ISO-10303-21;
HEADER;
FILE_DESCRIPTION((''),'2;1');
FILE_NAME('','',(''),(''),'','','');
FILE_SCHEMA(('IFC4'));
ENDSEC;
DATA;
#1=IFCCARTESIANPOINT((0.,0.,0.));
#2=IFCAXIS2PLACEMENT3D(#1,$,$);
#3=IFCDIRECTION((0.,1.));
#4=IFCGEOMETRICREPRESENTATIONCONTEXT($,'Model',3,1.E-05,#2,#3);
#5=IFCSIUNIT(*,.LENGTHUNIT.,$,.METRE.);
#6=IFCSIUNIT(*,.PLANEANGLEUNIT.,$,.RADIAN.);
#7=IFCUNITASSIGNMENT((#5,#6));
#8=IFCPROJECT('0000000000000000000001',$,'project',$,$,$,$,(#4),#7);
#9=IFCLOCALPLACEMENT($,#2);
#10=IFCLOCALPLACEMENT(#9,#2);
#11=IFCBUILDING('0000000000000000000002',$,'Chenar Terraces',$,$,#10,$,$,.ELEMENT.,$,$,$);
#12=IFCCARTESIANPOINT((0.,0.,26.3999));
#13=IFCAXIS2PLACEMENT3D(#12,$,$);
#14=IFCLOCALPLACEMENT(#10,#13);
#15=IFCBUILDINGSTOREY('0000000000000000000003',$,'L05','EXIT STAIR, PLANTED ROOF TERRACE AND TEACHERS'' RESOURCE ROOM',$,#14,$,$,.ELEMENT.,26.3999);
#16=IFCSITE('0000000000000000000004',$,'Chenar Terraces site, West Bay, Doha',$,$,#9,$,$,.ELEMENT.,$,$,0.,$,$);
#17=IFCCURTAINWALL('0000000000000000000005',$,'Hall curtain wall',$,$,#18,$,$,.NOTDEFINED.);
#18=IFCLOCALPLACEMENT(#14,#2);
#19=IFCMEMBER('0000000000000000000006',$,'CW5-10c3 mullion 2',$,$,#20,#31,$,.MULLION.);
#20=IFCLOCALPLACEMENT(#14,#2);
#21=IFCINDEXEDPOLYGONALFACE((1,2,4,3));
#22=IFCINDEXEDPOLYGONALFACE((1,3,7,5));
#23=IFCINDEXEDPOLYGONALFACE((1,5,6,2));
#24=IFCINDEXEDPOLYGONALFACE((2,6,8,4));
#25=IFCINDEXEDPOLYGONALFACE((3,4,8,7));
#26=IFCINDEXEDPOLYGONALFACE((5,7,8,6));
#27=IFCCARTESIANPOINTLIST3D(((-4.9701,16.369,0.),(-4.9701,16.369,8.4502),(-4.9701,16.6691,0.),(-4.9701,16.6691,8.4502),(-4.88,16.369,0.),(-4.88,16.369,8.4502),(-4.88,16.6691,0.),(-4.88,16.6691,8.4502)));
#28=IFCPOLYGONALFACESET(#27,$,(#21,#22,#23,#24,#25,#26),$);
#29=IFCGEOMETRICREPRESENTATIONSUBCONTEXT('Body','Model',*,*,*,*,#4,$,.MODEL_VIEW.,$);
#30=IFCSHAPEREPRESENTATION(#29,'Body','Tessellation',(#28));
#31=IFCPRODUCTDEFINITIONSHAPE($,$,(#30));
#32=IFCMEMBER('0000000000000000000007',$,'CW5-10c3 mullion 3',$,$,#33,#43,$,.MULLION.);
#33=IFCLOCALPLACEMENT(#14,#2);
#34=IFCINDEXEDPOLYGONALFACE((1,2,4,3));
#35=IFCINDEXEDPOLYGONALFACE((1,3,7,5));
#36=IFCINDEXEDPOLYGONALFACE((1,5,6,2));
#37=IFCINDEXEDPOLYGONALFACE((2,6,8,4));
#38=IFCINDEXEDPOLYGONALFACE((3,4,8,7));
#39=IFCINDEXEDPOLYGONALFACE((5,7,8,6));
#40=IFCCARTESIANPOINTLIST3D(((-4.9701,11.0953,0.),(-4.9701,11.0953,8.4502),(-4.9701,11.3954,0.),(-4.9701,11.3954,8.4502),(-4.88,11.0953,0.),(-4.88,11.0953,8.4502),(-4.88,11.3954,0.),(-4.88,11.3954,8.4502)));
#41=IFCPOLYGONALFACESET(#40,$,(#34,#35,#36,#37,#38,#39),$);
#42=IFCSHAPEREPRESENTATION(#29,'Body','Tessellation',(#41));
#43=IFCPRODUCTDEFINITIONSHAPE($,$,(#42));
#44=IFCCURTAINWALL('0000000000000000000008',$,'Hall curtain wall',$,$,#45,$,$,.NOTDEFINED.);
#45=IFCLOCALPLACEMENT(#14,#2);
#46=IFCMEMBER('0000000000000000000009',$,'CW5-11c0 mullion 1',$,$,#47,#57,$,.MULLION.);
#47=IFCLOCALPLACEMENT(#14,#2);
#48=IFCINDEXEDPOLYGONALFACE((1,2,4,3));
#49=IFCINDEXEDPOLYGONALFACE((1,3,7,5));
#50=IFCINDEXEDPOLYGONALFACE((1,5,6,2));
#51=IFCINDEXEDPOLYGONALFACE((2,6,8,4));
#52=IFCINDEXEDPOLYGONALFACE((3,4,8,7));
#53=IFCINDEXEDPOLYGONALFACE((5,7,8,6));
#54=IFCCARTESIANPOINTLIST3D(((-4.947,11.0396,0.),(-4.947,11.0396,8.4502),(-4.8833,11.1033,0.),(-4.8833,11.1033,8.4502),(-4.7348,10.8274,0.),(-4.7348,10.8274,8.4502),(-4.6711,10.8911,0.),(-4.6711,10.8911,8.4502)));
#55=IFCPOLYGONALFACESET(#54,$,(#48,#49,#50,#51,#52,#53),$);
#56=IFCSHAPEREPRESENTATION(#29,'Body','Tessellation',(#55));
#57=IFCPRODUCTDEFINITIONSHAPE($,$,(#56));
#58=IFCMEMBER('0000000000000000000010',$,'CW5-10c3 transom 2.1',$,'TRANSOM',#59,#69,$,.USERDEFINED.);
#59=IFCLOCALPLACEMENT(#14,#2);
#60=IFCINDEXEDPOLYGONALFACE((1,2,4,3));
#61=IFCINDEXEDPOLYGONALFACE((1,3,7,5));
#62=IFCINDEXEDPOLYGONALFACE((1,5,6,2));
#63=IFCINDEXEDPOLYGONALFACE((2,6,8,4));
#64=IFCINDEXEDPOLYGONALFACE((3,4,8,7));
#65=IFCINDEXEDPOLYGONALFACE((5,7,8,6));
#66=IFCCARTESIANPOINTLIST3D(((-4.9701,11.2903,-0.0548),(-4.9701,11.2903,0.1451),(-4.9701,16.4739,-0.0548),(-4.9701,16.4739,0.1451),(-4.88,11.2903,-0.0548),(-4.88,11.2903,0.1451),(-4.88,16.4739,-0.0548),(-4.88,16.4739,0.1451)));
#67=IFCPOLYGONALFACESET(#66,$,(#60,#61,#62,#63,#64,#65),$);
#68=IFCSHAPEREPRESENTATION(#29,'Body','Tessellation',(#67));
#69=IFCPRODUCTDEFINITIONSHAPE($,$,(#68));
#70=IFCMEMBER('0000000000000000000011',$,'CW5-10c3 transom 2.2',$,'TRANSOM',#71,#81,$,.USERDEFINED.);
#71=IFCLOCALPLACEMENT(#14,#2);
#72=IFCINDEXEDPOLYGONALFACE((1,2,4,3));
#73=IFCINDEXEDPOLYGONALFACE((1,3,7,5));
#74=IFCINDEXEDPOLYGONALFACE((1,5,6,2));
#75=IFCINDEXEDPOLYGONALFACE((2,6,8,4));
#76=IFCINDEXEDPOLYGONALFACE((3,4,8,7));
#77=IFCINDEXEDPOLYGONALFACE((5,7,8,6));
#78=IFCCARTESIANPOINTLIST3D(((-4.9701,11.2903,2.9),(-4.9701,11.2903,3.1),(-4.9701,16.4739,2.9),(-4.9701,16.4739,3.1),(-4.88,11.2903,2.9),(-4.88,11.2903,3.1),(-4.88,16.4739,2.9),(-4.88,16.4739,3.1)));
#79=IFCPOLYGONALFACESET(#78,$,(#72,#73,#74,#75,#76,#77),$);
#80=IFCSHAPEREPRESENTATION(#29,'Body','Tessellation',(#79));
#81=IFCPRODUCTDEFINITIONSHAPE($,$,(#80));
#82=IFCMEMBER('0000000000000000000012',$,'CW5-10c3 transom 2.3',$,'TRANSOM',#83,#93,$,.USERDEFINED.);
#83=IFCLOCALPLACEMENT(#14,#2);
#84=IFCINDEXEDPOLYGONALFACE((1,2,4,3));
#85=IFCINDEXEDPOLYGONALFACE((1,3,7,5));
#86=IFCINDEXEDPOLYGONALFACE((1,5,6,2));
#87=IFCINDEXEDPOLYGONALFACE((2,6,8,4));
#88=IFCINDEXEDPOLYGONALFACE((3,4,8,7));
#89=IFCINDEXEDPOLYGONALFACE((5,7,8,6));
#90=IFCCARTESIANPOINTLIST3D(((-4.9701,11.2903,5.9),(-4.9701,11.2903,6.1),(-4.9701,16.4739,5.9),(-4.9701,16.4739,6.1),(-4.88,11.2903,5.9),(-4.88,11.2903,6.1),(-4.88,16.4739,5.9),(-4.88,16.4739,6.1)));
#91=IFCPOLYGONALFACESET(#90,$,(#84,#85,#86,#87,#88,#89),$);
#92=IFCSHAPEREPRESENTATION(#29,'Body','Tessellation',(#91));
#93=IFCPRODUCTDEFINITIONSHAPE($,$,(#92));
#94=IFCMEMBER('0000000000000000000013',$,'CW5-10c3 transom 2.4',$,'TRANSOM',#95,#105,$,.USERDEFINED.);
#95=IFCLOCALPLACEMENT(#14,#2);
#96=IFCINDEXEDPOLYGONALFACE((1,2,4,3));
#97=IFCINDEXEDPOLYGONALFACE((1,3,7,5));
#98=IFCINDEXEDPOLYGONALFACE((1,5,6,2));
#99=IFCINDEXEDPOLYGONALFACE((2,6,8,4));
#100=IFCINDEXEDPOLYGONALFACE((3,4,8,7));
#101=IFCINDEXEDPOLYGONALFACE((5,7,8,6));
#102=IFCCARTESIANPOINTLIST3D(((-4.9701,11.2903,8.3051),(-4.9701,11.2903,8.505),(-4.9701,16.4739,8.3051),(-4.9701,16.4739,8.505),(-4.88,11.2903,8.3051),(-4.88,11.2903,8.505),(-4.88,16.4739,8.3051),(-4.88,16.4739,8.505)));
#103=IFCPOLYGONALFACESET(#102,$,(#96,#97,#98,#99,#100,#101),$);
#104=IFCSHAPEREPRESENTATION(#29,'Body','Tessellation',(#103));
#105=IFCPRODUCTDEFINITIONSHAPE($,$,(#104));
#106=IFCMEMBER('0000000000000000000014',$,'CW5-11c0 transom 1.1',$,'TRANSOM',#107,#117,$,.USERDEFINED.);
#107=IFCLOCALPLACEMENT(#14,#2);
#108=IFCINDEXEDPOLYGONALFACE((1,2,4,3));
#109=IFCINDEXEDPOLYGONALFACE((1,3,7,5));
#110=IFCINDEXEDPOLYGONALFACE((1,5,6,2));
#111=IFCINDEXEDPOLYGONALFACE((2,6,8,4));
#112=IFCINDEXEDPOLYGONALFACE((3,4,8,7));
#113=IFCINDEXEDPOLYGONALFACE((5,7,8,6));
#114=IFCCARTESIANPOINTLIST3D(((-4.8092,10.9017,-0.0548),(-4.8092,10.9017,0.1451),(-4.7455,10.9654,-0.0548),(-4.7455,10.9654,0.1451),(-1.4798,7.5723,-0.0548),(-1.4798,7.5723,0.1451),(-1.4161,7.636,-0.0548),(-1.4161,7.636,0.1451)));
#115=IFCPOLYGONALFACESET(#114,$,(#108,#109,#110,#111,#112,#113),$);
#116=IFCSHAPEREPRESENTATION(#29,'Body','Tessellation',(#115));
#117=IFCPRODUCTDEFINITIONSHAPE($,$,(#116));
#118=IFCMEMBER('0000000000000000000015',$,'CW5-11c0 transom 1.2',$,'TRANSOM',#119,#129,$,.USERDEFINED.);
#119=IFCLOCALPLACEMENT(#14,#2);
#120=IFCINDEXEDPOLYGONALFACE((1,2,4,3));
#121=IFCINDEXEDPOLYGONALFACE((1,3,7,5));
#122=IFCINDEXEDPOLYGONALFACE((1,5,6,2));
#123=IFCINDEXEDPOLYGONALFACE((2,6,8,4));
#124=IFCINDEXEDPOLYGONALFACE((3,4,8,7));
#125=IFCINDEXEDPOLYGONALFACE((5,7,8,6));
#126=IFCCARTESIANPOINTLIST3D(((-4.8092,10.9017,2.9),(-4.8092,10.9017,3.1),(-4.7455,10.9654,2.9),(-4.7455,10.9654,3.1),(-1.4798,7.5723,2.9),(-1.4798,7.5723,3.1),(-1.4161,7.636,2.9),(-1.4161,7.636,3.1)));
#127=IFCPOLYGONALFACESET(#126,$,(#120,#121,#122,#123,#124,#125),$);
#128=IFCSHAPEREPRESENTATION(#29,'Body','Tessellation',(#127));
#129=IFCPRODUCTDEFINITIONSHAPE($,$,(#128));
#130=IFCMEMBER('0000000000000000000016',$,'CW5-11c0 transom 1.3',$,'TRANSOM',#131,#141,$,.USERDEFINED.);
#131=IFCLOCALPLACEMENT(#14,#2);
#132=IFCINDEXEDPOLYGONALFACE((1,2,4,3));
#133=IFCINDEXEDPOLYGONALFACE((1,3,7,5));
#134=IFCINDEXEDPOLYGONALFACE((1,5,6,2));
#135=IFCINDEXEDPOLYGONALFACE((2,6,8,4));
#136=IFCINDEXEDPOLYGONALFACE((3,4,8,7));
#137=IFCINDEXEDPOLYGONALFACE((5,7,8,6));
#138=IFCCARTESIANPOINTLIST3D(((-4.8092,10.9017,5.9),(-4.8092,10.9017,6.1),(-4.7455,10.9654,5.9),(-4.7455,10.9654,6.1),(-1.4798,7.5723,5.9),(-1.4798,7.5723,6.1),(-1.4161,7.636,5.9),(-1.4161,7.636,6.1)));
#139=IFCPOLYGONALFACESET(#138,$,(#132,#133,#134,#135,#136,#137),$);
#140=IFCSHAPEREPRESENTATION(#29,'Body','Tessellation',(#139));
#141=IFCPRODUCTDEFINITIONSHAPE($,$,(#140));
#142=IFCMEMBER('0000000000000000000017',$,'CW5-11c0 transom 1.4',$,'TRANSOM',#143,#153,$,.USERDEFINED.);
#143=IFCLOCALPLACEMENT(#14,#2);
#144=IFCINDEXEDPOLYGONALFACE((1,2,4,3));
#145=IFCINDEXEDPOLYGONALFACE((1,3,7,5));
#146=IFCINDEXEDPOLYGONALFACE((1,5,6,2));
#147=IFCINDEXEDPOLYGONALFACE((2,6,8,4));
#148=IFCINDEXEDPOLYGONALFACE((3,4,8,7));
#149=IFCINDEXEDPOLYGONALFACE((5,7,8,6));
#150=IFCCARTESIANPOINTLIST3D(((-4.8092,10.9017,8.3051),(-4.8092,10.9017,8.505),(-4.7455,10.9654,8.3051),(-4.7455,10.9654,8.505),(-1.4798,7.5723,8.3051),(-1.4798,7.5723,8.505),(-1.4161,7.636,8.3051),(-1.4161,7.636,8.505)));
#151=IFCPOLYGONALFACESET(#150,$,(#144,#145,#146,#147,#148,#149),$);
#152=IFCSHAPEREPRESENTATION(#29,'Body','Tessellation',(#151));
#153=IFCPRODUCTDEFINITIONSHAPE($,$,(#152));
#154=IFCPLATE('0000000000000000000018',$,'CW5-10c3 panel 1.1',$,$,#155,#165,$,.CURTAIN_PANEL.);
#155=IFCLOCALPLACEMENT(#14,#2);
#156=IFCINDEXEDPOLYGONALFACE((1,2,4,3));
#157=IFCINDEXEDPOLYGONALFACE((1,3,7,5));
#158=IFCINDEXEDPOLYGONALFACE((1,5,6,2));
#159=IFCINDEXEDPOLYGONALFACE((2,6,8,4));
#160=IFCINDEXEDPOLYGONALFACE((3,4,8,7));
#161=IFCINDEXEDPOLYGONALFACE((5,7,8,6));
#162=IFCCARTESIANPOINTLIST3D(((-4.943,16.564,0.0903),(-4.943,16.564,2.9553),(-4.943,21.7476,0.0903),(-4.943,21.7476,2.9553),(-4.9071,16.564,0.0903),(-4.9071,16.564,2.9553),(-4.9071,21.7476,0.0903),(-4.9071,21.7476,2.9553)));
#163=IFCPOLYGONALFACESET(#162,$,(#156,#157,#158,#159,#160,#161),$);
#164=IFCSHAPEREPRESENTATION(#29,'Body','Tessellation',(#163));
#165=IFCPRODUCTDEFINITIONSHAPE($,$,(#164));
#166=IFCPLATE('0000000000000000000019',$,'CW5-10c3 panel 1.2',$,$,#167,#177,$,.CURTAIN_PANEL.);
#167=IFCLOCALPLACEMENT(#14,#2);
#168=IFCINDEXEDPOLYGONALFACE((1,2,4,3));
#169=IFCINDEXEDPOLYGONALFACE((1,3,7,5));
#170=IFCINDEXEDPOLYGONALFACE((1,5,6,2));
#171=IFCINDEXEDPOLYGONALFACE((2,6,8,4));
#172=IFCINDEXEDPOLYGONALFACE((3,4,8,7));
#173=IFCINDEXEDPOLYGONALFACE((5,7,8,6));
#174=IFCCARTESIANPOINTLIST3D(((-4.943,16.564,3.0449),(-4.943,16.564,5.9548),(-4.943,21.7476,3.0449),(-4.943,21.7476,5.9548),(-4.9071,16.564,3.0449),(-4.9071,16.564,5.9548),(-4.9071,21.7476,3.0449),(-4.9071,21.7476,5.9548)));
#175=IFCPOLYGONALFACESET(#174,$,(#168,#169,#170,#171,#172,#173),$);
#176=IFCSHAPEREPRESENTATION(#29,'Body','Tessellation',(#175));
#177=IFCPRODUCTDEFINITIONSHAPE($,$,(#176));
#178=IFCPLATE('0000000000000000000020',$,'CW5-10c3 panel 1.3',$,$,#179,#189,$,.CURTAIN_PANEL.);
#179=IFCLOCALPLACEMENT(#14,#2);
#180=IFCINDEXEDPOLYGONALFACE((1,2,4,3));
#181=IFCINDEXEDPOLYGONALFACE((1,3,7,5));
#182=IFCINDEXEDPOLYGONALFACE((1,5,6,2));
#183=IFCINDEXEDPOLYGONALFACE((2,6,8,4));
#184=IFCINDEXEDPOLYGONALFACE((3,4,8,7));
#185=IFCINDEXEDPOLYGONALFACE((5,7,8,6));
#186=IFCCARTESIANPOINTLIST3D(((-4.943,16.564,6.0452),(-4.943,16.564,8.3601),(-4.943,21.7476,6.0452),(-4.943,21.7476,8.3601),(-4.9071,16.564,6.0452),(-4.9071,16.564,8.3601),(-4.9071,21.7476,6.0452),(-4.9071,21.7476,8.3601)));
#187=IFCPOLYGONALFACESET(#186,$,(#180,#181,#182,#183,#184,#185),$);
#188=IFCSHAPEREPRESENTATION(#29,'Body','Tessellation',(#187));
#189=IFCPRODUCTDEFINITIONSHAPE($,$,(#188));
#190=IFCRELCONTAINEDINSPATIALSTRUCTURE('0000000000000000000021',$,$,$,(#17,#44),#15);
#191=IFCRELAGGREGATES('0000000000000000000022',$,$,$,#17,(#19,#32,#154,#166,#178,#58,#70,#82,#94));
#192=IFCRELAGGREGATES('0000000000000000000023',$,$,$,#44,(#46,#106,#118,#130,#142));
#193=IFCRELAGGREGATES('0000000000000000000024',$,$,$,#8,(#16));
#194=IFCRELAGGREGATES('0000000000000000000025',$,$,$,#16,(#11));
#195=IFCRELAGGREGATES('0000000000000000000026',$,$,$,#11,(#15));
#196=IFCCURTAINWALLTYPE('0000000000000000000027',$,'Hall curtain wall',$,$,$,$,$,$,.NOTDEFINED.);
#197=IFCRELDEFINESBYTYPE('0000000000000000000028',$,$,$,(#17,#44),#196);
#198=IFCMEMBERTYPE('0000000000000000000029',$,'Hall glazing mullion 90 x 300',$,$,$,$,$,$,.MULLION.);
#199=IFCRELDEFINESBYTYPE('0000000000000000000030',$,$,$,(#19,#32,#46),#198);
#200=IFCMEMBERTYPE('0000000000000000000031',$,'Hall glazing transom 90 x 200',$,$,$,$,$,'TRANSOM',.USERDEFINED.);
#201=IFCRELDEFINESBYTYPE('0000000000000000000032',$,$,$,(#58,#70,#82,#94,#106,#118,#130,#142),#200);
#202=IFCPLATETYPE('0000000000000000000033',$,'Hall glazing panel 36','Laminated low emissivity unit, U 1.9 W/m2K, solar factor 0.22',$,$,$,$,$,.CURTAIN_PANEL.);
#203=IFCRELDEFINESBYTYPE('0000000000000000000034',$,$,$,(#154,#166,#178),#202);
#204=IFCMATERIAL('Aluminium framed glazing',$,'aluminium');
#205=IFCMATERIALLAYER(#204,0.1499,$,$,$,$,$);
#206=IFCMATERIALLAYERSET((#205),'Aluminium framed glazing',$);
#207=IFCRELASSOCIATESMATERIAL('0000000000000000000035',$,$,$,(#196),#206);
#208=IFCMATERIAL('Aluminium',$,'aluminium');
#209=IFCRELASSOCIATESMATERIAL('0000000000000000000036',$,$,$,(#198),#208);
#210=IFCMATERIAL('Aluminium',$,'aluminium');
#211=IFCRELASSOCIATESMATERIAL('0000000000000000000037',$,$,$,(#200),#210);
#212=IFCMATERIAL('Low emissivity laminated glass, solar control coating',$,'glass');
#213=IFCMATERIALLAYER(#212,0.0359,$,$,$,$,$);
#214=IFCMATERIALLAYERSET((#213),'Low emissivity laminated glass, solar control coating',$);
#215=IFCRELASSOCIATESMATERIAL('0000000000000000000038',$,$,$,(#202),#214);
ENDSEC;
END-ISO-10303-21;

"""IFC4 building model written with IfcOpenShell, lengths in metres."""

from ifc_helpers import new_model, si_unit, direction, frame, origin, origin_2d, place, context, subcontext, project, spatial, rectangle, extrude, material, layer, layer_set, material_profile, profile_set, type_object, element, aggregate, save


model = new_model("IFC4")

# Units and contexts
model_context = context("Model", 3, precision=1e-05, world=origin(), true_north=direction((0.0, 1.0)))
body_context = subcontext(model_context, "Body", "Model", "MODEL_VIEW")
ifc_project = project(units=[si_unit("LENGTHUNIT", "METRE"), si_unit("PLANEANGLEUNIT", "RADIAN")], contexts=[model_context])

# Site, building, storey
site_placement = place(None, origin())
site = spatial("IfcSite", under=ifc_project, at=site_placement, Name="Chenar Terraces site, West Bay, Doha", CompositionType="ELEMENT", RefElevation=0.0)
building_placement = place(site_placement, origin())
building = spatial("IfcBuilding", under=site, at=building_placement, Name="Chenar Terraces", CompositionType="ELEMENT")
storey_placement = place(building_placement, frame((0.0, 0.0, 26.3999)))
storey = spatial("IfcBuildingStorey", under=building, at=storey_placement, Name="L05", Description="EXIT STAIR, PLANTED ROOF TERRACE AND TEACHERS' RESOURCE ROOM", CompositionType="ELEMENT", Elevation=26.3999)

# Curtain wall, members
ifc_material_1 = material(Name="Aluminium framed glazing", Category="aluminium")
ifc_layer_1 = layer(ifc_material_1, 0.1499)
ifc_layer_set_1 = layer_set([ifc_layer_1], Name="Aluminium framed glazing")
curtain_wall_type = type_object("IfcCurtainWallType", Name="Hall curtain wall", PredefinedType="NOTDEFINED", material=ifc_layer_set_1)
placement = place(storey_placement, origin())
curtain_wall_1 = element("IfcCurtainWall", 1, at=placement, inside=storey, type_object=curtain_wall_type, Name="Hall curtain wall", PredefinedType="NOTDEFINED")
ifc_material_2 = material(Name="Aluminium", Category="aluminium")
ifc_material_profile_1 = material_profile(ifc_material_2, rectangle(XDim=0.0901, YDim=0.3, at=origin_2d()), Name="Hall glazing mullion 90 x 300")
ifc_profile_set_1 = profile_set([ifc_material_profile_1], Name="Aluminium")
member_type_1 = type_object("IfcMemberType", Name="Hall glazing mullion 90 x 300", PredefinedType="MULLION", material=ifc_profile_set_1)
member_1_placement = place(storey_placement, frame((-4.925, 16.519, 0.0), z_axis=(0.0, 0.0, 1.0), x_axis=(1.0, 0.0, 0.0)))
member_1 = element("IfcMember", 2, at=member_1_placement, type_object=member_type_1, Name="CW5-10c3 mullion 2", PredefinedType="MULLION", context=body_context, shape_type="SweptSolid", body=[
    extrude(rectangle(XDim=0.0901, YDim=0.3, at=origin_2d()), origin(), (0.0, 0.0, 1.0), 8.4502),
])
member_2_placement = place(storey_placement, frame((-4.925, 11.2454, 0.0), z_axis=(0.0, 0.0, 1.0), x_axis=(1.0, 0.0, 0.0)))
member_2 = element("IfcMember", 3, at=member_2_placement, type_object=member_type_1, Name="CW5-10c3 mullion 3", PredefinedType="MULLION", context=body_context, shape_type="SweptSolid", body=[
    extrude(rectangle(XDim=0.0901, YDim=0.3, at=origin_2d()), origin(), (0.0, 0.0, 1.0), 8.4502),
])

# Curtain wall, member
curtain_wall_2 = element("IfcCurtainWall", 4, at=placement, inside=storey, type_object=curtain_wall_type, Name="Hall curtain wall", PredefinedType="NOTDEFINED")
member_3_placement = place(storey_placement, frame((-4.8091, 10.9653, 0.0), z_axis=(0.0, 0.0, 1.0), x_axis=(0.707107, 0.707107, 0.0)))
member_3 = element("IfcMember", 5, at=member_3_placement, type_object=member_type_1, Name="CW5-11c0 mullion 1", PredefinedType="MULLION", context=body_context, shape_type="SweptSolid", body=[
    extrude(rectangle(XDim=0.0901, YDim=0.3, at=origin_2d()), origin(), (0.0, 0.0, 1.0), 8.4502),
])

# Members
ifc_material_3 = material(Name="Aluminium", Category="aluminium")
ifc_material_profile_2 = material_profile(ifc_material_3, rectangle(XDim=0.0901, YDim=0.2, at=origin_2d()), Name="Hall glazing transom 90 x 200")
ifc_profile_set_2 = profile_set([ifc_material_profile_2], Name="Aluminium")
member_type_2 = type_object("IfcMemberType", Name="Hall glazing transom 90 x 200", ElementType="TRANSOM", PredefinedType="USERDEFINED", material=ifc_profile_set_2)
member_4_placement = place(storey_placement, frame((-4.925, 16.4739, 0.0452), z_axis=(0.0, -1.0, 0.0), x_axis=(1.0, 0.0, 0.0)))
member_4 = element("IfcMember", 6, at=member_4_placement, type_object=member_type_2, Name="CW5-10c3 transom 2.1", ObjectType="TRANSOM", PredefinedType="USERDEFINED", context=body_context, shape_type="SweptSolid", body=[
    extrude(rectangle(XDim=0.0901, YDim=0.2, at=origin_2d()), origin(), (0.0, 0.0, 1.0), 5.1836),
])
member_5_placement = place(storey_placement, frame((-4.925, 16.4739, 3.0), z_axis=(0.0, -1.0, 0.0), x_axis=(1.0, 0.0, 0.0)))
member_5 = element("IfcMember", 7, at=member_5_placement, type_object=member_type_2, Name="CW5-10c3 transom 2.2", ObjectType="TRANSOM", PredefinedType="USERDEFINED", context=body_context, shape_type="SweptSolid", body=[
    extrude(rectangle(XDim=0.0901, YDim=0.2, at=origin_2d()), origin(), (0.0, 0.0, 1.0), 5.1836),
])
member_6_placement = place(storey_placement, frame((-4.925, 16.4739, 6.0), z_axis=(0.0, -1.0, 0.0), x_axis=(1.0, 0.0, 0.0)))
member_6 = element("IfcMember", 8, at=member_6_placement, type_object=member_type_2, Name="CW5-10c3 transom 2.3", ObjectType="TRANSOM", PredefinedType="USERDEFINED", context=body_context, shape_type="SweptSolid", body=[
    extrude(rectangle(XDim=0.0901, YDim=0.2, at=origin_2d()), origin(), (0.0, 0.0, 1.0), 5.1836),
])
member_7_placement = place(storey_placement, frame((-4.925, 16.4739, 8.405), z_axis=(0.0, -1.0, 0.0), x_axis=(1.0, 0.0, 0.0)))
member_7 = element("IfcMember", 9, at=member_7_placement, type_object=member_type_2, Name="CW5-10c3 transom 2.4", ObjectType="TRANSOM", PredefinedType="USERDEFINED", context=body_context, shape_type="SweptSolid", body=[
    extrude(rectangle(XDim=0.0901, YDim=0.2, at=origin_2d()), origin(), (0.0, 0.0, 1.0), 5.1836),
])
member_8_placement = place(storey_placement, frame((-4.7773, 10.9336, 0.0452), z_axis=(0.707107, -0.707107, 0.0), x_axis=(0.707107, 0.707107, 0.0)))
member_8 = element("IfcMember", 10, at=member_8_placement, type_object=member_type_2, Name="CW5-11c0 transom 1.1", ObjectType="TRANSOM", PredefinedType="USERDEFINED", context=body_context, shape_type="SweptSolid", body=[
    extrude(rectangle(XDim=0.0901, YDim=0.2, at=origin_2d()), origin(), (0.0, 0.0, 1.0), 4.7085),
])
member_9_placement = place(storey_placement, frame((-4.7773, 10.9336, 3.0), z_axis=(0.707107, -0.707107, 0.0), x_axis=(0.707107, 0.707107, 0.0)))
member_9 = element("IfcMember", 11, at=member_9_placement, type_object=member_type_2, Name="CW5-11c0 transom 1.2", ObjectType="TRANSOM", PredefinedType="USERDEFINED", context=body_context, shape_type="SweptSolid", body=[
    extrude(rectangle(XDim=0.0901, YDim=0.2, at=origin_2d()), origin(), (0.0, 0.0, 1.0), 4.7085),
])
member_10_placement = place(storey_placement, frame((-4.7773, 10.9336, 6.0), z_axis=(0.707107, -0.707107, 0.0), x_axis=(0.707107, 0.707107, 0.0)))
member_10 = element("IfcMember", 12, at=member_10_placement, type_object=member_type_2, Name="CW5-11c0 transom 1.3", ObjectType="TRANSOM", PredefinedType="USERDEFINED", context=body_context, shape_type="SweptSolid", body=[
    extrude(rectangle(XDim=0.0901, YDim=0.2, at=origin_2d()), origin(), (0.0, 0.0, 1.0), 4.7085),
])
member_11_placement = place(storey_placement, frame((-4.7773, 10.9336, 8.405), z_axis=(0.707107, -0.707107, 0.0), x_axis=(0.707107, 0.707107, 0.0)))
member_11 = element("IfcMember", 13, at=member_11_placement, type_object=member_type_2, Name="CW5-11c0 transom 1.4", ObjectType="TRANSOM", PredefinedType="USERDEFINED", context=body_context, shape_type="SweptSolid", body=[
    extrude(rectangle(XDim=0.0901, YDim=0.2, at=origin_2d()), origin(), (0.0, 0.0, 1.0), 4.7085),
])

# Plates
ifc_material_4 = material(Name="Low emissivity laminated glass, solar control coating", Category="glass")
ifc_layer_2 = layer(ifc_material_4, 0.0359)
ifc_layer_set_2 = layer_set([ifc_layer_2], Name="Low emissivity laminated glass, solar control coating")
plate_type = type_object("IfcPlateType", Name="Hall glazing panel 36", Description="Laminated low emissivity unit, U 1.9 W/m2K, solar factor 0.22", PredefinedType="CURTAIN_PANEL", material=ifc_layer_set_2)
plate_1_placement = place(storey_placement, frame((-4.925, 19.1558, 0.0903), z_axis=(0.0, 0.0, 1.0), x_axis=(0.0, -1.0, 0.0)))
plate_1 = element("IfcPlate", 14, at=plate_1_placement, type_object=plate_type, Name="CW5-10c3 panel 1.1", PredefinedType="CURTAIN_PANEL", context=body_context, shape_type="SweptSolid", body=[
    extrude(rectangle(XDim=5.1836, YDim=0.0359, at=origin_2d()), origin(), (0.0, 0.0, 1.0), 2.865),
])
plate_2_placement = place(storey_placement, frame((-4.925, 19.1558, 3.0449), z_axis=(0.0, 0.0, 1.0), x_axis=(0.0, -1.0, 0.0)))
plate_2 = element("IfcPlate", 15, at=plate_2_placement, type_object=plate_type, Name="CW5-10c3 panel 1.2", PredefinedType="CURTAIN_PANEL", context=body_context, shape_type="SweptSolid", body=[
    extrude(rectangle(XDim=5.1836, YDim=0.0359, at=origin_2d()), origin(), (0.0, 0.0, 1.0), 2.9099),
])
plate_3_placement = place(storey_placement, frame((-4.925, 19.1558, 6.0452), z_axis=(0.0, 0.0, 1.0), x_axis=(0.0, -1.0, 0.0)))
plate_3 = element("IfcPlate", 16, at=plate_3_placement, type_object=plate_type, Name="CW5-10c3 panel 1.3", PredefinedType="CURTAIN_PANEL", context=body_context, shape_type="SweptSolid", body=[
    extrude(rectangle(XDim=5.1836, YDim=0.0359, at=origin_2d()), origin(), (0.0, 0.0, 1.0), 2.3149),
])
aggregate(curtain_wall_1, [member_1, member_2, plate_1, plate_2, plate_3, member_4, member_5, member_6, member_7])
aggregate(curtain_wall_2, [member_3, member_8, member_9, member_10, member_11])

save(model, "model.ifc")
